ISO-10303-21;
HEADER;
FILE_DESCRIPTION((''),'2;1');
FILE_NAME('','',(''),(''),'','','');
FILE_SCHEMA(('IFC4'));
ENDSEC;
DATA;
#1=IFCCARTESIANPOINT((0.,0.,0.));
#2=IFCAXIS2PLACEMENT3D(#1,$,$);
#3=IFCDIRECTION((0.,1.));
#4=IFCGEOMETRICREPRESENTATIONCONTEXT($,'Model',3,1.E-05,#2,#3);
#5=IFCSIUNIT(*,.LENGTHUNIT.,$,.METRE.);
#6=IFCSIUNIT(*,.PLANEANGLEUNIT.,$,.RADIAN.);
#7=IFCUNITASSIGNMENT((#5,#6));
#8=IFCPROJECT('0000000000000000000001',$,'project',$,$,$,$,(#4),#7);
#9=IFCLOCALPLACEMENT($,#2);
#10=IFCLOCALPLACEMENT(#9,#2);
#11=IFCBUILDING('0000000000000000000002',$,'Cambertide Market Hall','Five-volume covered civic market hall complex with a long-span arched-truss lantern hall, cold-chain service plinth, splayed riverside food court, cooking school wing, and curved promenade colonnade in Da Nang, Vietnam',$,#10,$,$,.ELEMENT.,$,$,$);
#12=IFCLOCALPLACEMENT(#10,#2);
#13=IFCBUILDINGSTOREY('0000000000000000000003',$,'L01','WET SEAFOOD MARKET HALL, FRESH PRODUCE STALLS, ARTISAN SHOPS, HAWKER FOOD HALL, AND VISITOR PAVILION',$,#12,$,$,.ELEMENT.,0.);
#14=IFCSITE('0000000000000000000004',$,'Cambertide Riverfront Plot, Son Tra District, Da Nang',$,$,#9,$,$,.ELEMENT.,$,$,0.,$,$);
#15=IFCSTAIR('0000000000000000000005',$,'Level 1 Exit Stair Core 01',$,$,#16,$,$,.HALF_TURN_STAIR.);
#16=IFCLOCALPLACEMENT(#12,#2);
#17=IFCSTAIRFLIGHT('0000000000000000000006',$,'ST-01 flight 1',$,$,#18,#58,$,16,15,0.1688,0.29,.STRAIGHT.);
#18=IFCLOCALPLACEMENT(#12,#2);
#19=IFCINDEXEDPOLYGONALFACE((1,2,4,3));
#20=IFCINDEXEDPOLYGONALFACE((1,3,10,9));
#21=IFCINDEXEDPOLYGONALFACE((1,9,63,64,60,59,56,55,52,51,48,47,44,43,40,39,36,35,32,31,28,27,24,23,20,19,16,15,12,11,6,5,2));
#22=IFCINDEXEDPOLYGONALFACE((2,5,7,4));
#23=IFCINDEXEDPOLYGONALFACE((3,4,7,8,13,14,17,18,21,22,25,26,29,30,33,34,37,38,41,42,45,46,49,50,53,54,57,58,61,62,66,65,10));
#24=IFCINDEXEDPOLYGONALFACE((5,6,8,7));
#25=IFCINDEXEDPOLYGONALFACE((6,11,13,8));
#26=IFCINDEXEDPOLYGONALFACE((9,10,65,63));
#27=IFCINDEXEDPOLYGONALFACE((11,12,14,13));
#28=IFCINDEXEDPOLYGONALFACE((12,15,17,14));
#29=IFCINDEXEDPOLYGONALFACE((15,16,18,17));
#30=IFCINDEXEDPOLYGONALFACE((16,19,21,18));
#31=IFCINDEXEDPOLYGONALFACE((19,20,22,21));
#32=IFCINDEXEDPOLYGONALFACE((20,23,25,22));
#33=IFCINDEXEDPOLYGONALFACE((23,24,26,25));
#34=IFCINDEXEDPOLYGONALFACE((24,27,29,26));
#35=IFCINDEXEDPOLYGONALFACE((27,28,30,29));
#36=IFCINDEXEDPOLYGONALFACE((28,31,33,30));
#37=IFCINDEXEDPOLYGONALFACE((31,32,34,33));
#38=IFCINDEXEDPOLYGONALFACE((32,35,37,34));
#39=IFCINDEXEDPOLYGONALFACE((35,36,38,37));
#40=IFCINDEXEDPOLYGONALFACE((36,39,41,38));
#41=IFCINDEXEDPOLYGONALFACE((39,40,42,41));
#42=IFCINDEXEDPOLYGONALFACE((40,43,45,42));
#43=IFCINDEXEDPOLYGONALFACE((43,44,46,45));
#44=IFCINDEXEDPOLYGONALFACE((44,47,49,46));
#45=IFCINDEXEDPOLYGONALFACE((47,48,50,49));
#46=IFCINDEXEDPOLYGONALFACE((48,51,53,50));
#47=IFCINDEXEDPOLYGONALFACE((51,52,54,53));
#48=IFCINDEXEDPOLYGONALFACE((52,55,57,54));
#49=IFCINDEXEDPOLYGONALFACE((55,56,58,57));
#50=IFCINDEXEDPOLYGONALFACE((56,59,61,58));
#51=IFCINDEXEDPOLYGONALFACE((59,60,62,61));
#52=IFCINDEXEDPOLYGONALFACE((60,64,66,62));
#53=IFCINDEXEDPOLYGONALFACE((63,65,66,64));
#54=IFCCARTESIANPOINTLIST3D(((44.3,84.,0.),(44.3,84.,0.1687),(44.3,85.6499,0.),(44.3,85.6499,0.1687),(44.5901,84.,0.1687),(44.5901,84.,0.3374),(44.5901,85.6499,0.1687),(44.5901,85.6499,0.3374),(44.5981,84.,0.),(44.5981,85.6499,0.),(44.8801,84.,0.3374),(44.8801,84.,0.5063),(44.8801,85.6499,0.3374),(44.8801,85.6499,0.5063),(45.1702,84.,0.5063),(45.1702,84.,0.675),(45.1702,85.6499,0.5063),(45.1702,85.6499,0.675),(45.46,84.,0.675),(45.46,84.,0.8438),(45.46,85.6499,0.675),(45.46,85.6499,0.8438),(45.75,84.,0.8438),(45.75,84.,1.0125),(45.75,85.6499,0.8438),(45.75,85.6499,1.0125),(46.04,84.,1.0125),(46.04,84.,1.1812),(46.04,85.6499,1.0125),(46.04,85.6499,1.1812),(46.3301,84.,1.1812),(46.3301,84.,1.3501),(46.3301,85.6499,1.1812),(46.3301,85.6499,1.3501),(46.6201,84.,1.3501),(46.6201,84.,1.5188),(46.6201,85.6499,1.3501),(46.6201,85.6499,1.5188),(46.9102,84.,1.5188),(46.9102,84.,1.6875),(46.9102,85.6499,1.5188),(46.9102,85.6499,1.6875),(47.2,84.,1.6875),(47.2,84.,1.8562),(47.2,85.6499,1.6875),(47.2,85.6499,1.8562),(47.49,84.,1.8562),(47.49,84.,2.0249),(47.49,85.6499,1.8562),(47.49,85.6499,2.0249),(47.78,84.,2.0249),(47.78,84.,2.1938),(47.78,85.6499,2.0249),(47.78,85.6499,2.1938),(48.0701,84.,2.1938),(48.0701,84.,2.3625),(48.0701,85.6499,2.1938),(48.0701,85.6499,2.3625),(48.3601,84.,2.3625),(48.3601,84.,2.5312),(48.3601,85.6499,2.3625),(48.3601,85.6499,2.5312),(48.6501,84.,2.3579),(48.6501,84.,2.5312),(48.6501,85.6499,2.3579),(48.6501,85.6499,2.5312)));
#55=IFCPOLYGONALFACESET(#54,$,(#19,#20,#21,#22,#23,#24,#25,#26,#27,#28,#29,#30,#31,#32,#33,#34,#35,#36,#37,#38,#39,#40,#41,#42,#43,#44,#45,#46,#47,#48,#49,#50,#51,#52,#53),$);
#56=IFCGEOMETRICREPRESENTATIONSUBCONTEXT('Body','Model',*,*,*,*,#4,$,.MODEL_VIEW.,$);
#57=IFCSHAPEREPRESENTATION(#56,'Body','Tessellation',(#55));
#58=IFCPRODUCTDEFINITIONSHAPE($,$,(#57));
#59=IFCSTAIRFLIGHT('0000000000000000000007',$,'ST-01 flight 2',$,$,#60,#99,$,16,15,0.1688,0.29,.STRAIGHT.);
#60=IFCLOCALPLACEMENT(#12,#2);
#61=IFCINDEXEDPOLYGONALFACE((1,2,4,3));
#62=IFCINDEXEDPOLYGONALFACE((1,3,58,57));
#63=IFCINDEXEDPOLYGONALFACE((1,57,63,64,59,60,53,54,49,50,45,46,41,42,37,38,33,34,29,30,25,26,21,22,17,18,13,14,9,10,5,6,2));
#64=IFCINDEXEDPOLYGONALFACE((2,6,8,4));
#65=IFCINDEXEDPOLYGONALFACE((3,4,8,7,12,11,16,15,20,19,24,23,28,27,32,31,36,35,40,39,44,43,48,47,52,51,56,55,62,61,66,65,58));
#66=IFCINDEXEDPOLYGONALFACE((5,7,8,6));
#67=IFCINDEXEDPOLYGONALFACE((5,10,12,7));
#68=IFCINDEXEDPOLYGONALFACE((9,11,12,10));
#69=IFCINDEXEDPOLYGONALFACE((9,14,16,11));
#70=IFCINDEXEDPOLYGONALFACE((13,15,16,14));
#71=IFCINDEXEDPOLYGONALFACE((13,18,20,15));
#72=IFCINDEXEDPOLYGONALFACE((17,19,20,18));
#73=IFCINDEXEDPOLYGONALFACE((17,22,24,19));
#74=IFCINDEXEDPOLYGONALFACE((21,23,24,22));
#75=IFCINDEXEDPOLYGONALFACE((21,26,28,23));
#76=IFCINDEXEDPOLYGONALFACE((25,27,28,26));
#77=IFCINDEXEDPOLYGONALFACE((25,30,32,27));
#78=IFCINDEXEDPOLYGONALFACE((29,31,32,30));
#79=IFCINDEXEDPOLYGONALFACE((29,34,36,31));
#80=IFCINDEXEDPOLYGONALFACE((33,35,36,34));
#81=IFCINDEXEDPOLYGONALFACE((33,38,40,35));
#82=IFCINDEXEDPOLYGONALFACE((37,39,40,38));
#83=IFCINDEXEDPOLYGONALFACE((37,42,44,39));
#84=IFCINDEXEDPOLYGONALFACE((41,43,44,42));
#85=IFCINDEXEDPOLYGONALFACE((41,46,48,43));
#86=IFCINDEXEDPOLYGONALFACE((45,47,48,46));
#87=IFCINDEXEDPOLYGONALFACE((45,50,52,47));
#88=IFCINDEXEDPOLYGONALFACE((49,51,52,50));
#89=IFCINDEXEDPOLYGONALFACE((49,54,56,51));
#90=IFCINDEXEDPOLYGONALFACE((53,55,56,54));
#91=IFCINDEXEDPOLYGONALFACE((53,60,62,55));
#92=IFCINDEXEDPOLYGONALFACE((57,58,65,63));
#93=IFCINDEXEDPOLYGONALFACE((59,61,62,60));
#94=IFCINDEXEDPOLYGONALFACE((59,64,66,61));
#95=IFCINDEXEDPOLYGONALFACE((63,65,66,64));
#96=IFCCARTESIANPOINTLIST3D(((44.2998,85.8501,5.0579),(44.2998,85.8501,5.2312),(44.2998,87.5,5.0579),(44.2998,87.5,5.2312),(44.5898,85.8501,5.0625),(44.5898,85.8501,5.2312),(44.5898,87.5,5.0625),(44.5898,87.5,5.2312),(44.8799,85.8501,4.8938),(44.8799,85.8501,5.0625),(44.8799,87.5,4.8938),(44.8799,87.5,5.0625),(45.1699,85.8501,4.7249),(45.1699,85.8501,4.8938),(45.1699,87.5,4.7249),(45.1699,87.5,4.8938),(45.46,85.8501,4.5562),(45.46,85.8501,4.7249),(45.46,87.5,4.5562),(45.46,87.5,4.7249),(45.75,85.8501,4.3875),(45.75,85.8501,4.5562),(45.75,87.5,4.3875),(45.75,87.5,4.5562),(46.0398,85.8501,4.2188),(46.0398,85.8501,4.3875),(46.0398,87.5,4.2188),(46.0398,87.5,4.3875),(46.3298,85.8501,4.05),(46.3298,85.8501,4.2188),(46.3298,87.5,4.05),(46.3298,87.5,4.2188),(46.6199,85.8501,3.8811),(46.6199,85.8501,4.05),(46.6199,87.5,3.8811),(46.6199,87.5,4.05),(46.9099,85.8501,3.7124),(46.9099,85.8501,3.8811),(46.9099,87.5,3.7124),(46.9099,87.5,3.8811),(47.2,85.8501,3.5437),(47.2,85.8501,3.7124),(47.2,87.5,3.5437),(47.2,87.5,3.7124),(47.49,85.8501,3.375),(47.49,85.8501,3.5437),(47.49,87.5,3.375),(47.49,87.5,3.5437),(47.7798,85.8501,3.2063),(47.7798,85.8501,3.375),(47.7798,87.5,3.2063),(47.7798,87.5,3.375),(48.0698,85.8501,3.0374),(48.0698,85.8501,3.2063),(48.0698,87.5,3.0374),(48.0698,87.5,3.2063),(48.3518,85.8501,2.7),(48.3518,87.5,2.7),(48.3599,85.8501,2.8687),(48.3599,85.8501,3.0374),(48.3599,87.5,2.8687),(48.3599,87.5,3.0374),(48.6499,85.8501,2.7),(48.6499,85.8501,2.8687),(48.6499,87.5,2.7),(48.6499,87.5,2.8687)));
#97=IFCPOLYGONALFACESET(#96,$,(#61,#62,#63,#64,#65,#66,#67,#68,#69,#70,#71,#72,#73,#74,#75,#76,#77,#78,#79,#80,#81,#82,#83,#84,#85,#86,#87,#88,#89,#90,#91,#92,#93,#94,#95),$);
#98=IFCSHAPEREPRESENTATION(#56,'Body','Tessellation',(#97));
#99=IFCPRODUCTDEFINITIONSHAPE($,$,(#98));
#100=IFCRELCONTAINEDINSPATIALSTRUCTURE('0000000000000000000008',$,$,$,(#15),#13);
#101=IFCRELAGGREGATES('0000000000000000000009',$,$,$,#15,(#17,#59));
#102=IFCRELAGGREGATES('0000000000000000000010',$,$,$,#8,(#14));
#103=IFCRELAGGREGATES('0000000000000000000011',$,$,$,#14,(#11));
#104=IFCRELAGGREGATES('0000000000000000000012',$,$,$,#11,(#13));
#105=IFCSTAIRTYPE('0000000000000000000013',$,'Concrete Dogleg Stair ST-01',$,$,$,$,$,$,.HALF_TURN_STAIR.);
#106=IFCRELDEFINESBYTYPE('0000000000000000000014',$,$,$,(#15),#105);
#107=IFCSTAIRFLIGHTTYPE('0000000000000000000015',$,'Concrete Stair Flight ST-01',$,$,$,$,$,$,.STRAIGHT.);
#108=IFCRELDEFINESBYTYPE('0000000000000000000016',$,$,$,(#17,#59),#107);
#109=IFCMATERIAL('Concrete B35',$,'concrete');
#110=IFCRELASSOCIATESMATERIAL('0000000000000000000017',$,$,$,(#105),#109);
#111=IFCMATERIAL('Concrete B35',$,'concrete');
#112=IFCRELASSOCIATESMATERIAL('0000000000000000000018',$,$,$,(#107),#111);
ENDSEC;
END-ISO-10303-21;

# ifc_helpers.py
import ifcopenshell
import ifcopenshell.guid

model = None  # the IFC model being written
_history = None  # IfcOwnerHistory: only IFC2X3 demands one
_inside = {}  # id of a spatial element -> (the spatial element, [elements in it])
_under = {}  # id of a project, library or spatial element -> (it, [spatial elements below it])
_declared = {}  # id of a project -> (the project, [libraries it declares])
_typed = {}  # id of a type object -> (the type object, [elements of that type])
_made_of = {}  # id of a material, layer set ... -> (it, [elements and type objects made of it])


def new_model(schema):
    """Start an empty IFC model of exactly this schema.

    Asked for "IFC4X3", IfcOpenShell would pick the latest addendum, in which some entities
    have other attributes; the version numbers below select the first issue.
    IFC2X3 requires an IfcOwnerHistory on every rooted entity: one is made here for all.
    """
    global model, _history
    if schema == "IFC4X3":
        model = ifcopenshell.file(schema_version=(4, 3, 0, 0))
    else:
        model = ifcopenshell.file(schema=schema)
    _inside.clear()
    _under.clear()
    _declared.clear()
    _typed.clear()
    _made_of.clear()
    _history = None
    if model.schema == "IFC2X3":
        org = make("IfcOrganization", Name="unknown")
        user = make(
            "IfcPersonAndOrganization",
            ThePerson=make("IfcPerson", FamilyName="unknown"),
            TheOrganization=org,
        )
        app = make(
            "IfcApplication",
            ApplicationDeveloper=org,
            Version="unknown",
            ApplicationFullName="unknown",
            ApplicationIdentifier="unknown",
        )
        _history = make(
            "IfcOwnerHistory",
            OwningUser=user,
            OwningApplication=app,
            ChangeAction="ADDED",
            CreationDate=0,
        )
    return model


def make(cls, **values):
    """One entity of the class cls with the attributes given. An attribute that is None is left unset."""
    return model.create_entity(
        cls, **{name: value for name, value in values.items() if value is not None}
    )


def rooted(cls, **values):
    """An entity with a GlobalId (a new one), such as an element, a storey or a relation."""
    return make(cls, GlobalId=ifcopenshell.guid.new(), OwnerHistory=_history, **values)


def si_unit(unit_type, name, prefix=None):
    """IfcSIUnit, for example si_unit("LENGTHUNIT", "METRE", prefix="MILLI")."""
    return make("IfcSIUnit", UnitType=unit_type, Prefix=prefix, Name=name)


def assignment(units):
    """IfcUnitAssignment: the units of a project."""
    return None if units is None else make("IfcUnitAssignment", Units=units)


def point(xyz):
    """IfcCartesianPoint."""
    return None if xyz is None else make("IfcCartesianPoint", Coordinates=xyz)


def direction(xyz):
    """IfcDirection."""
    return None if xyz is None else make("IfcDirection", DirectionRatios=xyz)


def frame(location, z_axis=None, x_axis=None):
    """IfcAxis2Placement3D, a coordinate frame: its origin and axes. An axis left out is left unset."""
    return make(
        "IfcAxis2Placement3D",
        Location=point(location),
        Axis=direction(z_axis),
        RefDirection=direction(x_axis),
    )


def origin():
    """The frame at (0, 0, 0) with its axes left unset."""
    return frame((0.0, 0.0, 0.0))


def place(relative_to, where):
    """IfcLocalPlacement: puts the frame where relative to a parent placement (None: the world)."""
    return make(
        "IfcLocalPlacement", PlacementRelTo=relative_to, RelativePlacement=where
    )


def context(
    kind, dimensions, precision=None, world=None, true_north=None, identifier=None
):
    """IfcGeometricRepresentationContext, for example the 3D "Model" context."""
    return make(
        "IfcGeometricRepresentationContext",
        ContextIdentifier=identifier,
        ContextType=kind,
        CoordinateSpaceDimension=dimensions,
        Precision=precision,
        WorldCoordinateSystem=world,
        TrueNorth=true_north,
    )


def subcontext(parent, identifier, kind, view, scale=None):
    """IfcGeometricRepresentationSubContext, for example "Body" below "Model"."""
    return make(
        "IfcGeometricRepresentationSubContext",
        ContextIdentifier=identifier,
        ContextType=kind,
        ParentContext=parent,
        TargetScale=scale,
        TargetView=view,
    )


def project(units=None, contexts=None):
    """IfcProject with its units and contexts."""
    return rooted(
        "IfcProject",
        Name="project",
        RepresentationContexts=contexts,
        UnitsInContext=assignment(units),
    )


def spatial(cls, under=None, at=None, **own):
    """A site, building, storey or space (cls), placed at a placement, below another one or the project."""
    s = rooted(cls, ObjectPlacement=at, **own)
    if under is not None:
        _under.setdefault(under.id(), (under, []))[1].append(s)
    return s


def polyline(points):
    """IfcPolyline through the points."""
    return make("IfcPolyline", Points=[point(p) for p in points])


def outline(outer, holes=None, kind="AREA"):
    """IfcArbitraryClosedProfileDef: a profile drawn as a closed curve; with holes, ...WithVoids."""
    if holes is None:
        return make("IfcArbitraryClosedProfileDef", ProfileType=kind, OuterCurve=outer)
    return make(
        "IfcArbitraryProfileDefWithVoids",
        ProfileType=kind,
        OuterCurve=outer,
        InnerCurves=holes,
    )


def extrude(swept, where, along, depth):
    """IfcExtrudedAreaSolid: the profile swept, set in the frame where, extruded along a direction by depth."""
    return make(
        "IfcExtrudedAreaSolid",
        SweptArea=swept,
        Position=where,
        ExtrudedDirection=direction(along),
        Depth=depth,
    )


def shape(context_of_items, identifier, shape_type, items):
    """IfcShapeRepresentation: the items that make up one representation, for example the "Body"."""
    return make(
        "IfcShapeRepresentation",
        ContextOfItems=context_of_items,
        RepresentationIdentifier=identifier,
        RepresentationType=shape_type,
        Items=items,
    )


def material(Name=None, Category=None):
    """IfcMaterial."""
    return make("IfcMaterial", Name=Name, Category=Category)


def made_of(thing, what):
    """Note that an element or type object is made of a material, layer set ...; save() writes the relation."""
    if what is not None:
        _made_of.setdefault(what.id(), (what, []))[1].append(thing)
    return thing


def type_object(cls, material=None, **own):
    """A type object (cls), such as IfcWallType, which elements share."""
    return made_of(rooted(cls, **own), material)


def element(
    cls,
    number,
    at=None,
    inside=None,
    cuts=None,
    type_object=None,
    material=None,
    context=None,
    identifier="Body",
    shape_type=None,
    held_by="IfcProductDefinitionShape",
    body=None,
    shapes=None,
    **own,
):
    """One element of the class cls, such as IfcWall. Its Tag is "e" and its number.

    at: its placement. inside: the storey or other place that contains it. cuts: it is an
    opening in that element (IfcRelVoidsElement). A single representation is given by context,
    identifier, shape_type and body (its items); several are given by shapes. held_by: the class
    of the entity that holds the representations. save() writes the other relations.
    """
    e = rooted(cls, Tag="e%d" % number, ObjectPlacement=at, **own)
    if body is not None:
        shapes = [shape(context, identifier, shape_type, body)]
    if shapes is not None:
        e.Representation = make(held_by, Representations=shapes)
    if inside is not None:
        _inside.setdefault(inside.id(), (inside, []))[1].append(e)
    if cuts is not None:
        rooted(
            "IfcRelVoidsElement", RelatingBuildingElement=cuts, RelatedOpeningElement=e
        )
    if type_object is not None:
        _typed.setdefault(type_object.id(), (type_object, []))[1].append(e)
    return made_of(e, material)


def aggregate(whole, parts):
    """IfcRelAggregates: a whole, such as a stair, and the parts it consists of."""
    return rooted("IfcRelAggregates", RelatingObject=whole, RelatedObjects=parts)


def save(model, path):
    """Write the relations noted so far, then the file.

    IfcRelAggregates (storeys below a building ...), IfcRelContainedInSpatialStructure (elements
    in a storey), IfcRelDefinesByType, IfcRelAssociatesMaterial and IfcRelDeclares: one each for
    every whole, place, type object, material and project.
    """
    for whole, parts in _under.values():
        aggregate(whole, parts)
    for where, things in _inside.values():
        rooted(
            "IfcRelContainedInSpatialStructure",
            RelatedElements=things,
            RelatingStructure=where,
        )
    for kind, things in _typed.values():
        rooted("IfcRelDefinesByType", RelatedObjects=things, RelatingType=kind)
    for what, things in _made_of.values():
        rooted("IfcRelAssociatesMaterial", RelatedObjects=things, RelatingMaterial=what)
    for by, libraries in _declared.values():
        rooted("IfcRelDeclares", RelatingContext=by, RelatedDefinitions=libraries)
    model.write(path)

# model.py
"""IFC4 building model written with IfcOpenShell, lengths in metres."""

from ifc_helpers import new_model, si_unit, direction, frame, origin, place, context, subcontext, project, spatial, polyline, outline, extrude, material, type_object, element, aggregate, save


model = new_model("IFC4")

# Units and contexts
model_context = context("Model", 3, precision=1e-05, world=origin(), true_north=direction((0.0, 1.0)))
body_context = subcontext(model_context, "Body", "Model", "MODEL_VIEW")
ifc_project = project(units=[si_unit("LENGTHUNIT", "METRE"), si_unit("PLANEANGLEUNIT", "RADIAN")], contexts=[model_context])

# Site, building, storey
site_placement = place(None, origin())
site = spatial("IfcSite", under=ifc_project, at=site_placement, Name="Cambertide Riverfront Plot, Son Tra District, Da Nang", CompositionType="ELEMENT", RefElevation=0.0)
building_placement = place(site_placement, origin())
building = spatial("IfcBuilding", under=site, at=building_placement, Name="Cambertide Market Hall", Description="Five-volume covered civic market hall complex with a long-span arched-truss lantern hall, cold-chain service plinth, splayed riverside food court, cooking school wing, and curved promenade colonnade in Da Nang, Vietnam", CompositionType="ELEMENT")
storey_placement = place(building_placement, origin())
storey = spatial("IfcBuildingStorey", under=building, at=storey_placement, Name="L01", Description="WET SEAFOOD MARKET HALL, FRESH PRODUCE STALLS, ARTISAN SHOPS, HAWKER FOOD HALL, AND VISITOR PAVILION", CompositionType="ELEMENT", Elevation=0.0)

# Stair, stair flights
ifc_material_1 = material(Name="Concrete B35", Category="concrete")
stair_type = type_object("IfcStairType", Name="Concrete Dogleg Stair ST-01", PredefinedType="HALF_TURN_STAIR", material=ifc_material_1)
stair_placement = place(storey_placement, origin())
stair = element("IfcStair", 1, at=stair_placement, inside=storey, type_object=stair_type, Name="Level 1 Exit Stair Core 01", PredefinedType="HALF_TURN_STAIR")
ifc_material_2 = material(Name="Concrete B35", Category="concrete")
stair_flight_type = type_object("IfcStairFlightType", Name="Concrete Stair Flight ST-01", PredefinedType="STRAIGHT", material=ifc_material_2)
stair_flight_1_placement = place(storey_placement, frame((44.3, 84.825, 0.0), z_axis=(0.0, 0.0, 1.0), x_axis=(1.0, 0.0, 0.0)))
stair_flight_1 = element("IfcStairFlight", 2, at=stair_flight_1_placement, type_object=stair_flight_type, Name="ST-01 flight 1", NumberOfRisers=16, NumberOfTreads=15, PredefinedType="STRAIGHT", RiserHeight=0.1688, TreadLength=0.29, context=body_context, shape_type="SweptSolid", body=[
    extrude(outline(polyline([(0.0, 0.0), (0.0, 0.1687), (0.29, 0.1687), (0.29, 0.3374), (0.5801, 0.3374), (0.5801, 0.5063), (0.8701, 0.5063), (0.8701, 0.675), (1.1599, 0.675), (1.1599, 0.8438), (1.45, 0.8438), (1.45, 1.0125), (1.74, 1.0125), (1.74, 1.1812), (2.03, 1.1812), (2.03, 1.3501), (2.3201, 1.3501), (2.3201, 1.5188), (2.6101, 1.5188), (2.6101, 1.6875), (2.8999, 1.6875), (2.8999, 1.8562), (3.1899, 1.8562), (3.1899, 2.0249), (3.48, 2.0249), (3.48, 2.1938), (3.77, 2.1938), (3.77, 2.3625), (4.0601, 2.3625), (4.0601, 2.5312), (4.3501, 2.5312), (4.3501, 2.7), (4.3501, 2.3579), (0.2981, 0.0), (0.0, 0.0)])), frame((0.0, 0.825, 0.0), z_axis=(0.0, -1.0, 0.0), x_axis=(1.0, 0.0, 0.0)), (0.0, 0.0, 1.0), 1.6499),
])
stair_flight_2_placement = place(storey_placement, frame((48.6499, 86.675, 2.7), z_axis=(0.0, 0.0, 1.0), x_axis=(-1.0, 0.0, 0.0)))
stair_flight_2 = element("IfcStairFlight", 3, at=stair_flight_2_placement, type_object=stair_flight_type, Name="ST-01 flight 2", NumberOfRisers=16, NumberOfTreads=15, PredefinedType="STRAIGHT", RiserHeight=0.1688, TreadLength=0.29, context=body_context, shape_type="SweptSolid", body=[
    extrude(outline(polyline([(0.0, 0.0), (0.0, 0.1687), (0.29, 0.1687), (0.29, 0.3374), (0.5801, 0.3374), (0.5801, 0.5063), (0.8701, 0.5063), (0.8701, 0.675), (1.1599, 0.675), (1.1599, 0.8438), (1.45, 0.8438), (1.45, 1.0125), (1.74, 1.0125), (1.74, 1.1812), (2.03, 1.1812), (2.03, 1.3501), (2.3201, 1.3501), (2.3201, 1.5188), (2.6101, 1.5188), (2.6101, 1.6875), (2.8999, 1.6875), (2.8999, 1.8562), (3.1899, 1.8562), (3.1899, 2.0249), (3.48, 2.0249), (3.48, 2.1938), (3.77, 2.1938), (3.77, 2.3625), (4.0601, 2.3625), (4.0601, 2.5312), (4.3501, 2.5312), (4.3501, 2.7), (4.3501, 2.3579), (0.2981, 0.0), (0.0, 0.0)])), frame((0.0, 0.825, 0.0), z_axis=(0.0, -1.0, 0.0), x_axis=(1.0, 0.0, 0.0)), (0.0, 0.0, 1.0), 1.6499),
])
aggregate(stair, [stair_flight_1, stair_flight_2])

save(model, "model.ifc")
